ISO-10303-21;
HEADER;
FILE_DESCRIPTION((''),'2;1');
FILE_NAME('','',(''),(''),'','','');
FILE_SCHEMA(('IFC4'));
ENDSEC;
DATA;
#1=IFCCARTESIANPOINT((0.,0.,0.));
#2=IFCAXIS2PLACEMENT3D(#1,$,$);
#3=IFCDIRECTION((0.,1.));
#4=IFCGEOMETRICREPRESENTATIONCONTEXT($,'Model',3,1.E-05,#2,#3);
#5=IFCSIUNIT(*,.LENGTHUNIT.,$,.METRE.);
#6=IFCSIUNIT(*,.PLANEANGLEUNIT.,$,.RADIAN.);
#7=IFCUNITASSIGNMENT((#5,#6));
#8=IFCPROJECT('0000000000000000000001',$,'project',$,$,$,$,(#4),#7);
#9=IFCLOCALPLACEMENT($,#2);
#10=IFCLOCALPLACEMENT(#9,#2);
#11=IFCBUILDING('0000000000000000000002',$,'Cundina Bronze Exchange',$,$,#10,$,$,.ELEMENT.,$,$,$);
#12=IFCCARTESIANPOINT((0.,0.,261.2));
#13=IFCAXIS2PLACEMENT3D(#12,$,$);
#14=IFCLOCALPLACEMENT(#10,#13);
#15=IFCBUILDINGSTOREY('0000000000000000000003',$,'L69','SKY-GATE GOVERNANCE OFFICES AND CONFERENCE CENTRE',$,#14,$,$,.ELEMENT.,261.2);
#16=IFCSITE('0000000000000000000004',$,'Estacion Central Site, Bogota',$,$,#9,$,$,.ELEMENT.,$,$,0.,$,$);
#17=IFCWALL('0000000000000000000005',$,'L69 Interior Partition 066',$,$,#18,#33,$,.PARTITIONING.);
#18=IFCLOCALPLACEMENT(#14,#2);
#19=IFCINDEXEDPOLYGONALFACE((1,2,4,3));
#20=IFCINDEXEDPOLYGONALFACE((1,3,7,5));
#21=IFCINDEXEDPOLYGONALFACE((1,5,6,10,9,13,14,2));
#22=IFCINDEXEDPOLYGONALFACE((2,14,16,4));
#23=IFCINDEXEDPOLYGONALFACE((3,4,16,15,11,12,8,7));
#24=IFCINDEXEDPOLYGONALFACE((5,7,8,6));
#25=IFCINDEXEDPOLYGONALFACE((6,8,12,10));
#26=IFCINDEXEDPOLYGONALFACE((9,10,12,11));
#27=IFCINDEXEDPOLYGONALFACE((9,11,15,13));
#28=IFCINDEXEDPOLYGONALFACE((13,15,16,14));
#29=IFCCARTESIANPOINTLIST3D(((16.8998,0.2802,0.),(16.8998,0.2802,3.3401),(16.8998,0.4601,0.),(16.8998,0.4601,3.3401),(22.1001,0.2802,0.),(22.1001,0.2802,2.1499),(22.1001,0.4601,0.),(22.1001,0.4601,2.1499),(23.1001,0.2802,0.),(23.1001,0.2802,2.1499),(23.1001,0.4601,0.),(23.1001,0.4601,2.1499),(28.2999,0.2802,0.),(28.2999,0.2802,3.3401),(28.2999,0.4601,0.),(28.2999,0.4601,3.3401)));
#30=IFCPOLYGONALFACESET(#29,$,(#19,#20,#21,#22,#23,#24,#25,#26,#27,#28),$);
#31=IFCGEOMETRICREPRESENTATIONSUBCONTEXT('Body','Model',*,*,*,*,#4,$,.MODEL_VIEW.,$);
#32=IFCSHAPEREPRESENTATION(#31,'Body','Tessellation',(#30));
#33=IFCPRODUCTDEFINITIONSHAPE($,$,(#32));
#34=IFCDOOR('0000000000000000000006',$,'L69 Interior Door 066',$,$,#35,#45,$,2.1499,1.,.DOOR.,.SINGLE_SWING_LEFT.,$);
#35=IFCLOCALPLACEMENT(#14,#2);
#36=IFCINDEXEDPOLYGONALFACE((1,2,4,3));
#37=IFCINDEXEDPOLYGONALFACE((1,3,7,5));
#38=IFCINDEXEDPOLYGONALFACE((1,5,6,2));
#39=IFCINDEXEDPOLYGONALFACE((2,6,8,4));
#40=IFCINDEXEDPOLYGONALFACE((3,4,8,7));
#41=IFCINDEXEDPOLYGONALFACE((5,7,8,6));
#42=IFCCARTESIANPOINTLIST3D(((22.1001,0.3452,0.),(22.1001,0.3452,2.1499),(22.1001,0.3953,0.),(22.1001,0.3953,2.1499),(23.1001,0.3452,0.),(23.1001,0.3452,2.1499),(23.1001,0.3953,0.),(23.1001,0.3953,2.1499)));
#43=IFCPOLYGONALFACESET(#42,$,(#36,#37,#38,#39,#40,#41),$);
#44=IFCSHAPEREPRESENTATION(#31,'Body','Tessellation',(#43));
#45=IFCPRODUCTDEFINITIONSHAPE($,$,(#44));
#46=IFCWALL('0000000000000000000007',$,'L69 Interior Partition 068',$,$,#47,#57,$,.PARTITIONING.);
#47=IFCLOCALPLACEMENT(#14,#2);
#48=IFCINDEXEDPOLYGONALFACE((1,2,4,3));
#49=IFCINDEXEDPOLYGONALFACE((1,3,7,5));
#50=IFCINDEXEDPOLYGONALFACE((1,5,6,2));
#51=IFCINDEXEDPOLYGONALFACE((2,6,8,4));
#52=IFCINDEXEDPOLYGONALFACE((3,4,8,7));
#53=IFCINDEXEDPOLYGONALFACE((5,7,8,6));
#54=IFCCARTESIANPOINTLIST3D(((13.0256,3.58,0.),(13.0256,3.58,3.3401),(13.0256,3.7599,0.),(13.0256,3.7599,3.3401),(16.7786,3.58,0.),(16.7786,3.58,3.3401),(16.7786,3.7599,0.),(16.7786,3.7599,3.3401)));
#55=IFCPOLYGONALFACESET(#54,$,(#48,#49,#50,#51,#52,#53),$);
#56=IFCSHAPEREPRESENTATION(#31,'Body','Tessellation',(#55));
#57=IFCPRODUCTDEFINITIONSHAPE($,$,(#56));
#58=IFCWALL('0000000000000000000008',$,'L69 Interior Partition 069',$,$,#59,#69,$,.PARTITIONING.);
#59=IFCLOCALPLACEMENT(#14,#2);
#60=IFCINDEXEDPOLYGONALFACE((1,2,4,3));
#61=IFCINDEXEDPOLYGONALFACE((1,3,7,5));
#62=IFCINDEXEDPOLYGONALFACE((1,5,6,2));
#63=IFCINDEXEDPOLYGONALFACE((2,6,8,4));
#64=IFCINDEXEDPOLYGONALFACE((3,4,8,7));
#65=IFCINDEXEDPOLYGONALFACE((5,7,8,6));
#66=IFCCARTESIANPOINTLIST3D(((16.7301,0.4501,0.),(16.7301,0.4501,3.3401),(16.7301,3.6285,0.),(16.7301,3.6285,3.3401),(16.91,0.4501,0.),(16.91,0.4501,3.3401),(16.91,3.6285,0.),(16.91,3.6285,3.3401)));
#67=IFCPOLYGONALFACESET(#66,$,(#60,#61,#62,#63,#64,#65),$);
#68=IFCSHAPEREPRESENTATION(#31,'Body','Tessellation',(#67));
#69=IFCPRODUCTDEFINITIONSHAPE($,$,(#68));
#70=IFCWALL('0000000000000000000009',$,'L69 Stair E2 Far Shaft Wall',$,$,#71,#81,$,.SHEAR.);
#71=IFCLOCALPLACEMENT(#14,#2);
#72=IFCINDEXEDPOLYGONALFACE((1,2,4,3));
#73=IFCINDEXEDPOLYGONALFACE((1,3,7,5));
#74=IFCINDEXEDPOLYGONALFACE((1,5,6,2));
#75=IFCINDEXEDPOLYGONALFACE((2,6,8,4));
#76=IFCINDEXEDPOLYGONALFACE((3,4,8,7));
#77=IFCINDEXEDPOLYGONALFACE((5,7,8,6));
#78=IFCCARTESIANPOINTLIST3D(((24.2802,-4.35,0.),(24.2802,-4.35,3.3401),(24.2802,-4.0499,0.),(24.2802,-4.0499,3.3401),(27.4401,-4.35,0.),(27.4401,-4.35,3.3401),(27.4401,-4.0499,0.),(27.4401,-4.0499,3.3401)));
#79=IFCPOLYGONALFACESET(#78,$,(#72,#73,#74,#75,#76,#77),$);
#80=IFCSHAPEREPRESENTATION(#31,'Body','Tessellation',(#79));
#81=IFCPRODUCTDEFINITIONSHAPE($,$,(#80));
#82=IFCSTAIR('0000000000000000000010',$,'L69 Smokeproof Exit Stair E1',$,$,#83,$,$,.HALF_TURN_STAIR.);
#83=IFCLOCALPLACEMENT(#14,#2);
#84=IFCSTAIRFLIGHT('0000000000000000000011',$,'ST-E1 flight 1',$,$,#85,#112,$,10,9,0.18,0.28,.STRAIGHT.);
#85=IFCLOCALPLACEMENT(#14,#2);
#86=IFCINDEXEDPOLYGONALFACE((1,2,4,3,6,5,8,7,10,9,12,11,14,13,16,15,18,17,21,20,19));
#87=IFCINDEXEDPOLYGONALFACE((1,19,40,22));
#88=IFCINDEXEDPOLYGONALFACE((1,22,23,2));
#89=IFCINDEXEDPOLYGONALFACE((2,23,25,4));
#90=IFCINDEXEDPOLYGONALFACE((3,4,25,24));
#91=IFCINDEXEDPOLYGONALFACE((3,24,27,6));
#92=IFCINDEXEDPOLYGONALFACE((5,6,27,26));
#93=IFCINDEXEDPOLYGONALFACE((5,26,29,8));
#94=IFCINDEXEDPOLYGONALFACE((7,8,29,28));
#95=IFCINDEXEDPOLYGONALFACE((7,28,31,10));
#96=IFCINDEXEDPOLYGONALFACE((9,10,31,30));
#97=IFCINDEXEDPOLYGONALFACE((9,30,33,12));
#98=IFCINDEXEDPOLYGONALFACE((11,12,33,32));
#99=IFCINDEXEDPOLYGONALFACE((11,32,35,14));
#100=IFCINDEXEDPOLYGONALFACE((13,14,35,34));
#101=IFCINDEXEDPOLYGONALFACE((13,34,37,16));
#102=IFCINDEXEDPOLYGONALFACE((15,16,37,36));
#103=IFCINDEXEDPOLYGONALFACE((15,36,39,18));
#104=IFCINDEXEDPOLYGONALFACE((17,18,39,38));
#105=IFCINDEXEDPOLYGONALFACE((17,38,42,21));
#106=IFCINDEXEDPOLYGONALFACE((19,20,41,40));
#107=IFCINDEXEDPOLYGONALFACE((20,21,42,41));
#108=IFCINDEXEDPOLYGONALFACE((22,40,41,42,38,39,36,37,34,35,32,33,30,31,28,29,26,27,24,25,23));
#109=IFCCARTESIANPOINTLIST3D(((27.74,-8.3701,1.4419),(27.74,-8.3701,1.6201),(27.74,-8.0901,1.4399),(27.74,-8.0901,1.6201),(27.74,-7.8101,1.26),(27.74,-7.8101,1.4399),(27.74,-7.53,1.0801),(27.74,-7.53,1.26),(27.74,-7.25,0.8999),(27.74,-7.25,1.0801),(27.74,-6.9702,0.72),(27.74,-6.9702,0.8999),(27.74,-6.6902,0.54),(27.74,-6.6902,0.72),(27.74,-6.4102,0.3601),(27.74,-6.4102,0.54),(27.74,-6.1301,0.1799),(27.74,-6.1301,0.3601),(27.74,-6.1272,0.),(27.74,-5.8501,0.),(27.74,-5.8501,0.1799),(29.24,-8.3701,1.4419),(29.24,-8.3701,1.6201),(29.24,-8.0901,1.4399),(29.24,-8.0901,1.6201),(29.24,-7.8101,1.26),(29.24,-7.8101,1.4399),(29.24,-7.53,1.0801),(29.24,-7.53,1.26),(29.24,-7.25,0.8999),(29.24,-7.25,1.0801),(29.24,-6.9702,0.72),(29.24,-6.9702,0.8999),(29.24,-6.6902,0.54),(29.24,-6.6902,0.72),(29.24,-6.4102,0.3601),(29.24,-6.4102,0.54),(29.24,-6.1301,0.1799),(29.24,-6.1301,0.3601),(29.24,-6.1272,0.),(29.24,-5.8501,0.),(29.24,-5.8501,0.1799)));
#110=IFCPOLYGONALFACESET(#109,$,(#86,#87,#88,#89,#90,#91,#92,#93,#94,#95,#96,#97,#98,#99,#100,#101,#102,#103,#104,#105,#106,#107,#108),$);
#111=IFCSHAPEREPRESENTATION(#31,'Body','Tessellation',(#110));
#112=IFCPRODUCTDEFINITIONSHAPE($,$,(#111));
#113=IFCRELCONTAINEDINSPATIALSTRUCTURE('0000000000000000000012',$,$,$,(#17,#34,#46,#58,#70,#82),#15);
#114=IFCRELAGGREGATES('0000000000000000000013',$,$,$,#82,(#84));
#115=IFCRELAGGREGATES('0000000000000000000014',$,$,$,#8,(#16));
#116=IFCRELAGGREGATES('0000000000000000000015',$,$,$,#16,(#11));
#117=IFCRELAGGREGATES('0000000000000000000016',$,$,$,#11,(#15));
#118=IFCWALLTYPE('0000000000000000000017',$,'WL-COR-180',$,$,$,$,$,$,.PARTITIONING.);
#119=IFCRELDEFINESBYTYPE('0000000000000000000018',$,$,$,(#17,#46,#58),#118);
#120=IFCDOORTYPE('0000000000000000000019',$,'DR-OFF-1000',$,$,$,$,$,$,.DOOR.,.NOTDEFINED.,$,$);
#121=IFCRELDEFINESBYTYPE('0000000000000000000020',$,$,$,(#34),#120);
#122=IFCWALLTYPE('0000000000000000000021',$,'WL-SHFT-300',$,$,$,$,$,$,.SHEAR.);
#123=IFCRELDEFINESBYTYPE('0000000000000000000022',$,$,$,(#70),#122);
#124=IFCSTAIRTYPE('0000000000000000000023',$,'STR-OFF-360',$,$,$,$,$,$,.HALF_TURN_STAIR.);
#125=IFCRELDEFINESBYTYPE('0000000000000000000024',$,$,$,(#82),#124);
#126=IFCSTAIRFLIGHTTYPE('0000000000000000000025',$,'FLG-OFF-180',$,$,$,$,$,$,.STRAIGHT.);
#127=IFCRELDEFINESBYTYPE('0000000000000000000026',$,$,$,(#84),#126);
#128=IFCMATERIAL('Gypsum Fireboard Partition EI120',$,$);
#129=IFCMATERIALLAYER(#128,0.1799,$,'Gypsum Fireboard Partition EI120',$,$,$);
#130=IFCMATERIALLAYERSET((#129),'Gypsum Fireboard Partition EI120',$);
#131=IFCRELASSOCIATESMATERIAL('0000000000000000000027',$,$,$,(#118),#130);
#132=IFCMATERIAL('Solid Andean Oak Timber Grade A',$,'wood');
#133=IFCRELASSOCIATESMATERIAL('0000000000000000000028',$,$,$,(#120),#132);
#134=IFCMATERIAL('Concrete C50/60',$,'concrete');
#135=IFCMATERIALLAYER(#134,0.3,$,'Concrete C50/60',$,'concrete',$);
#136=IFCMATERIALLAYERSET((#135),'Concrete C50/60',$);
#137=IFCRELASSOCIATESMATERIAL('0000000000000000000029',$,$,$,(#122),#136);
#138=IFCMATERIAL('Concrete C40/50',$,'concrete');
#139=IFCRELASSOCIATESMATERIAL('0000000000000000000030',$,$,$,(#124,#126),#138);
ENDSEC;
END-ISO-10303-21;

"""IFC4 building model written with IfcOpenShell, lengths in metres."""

from ifc_helpers import new_model, si_unit, direction, frame, frame_2d, origin, place, context, subcontext, project, spatial, polyline, rectangle, outline, extrude, material, layer, layer_set, type_object, element, fill, aggregate, save


model = new_model("IFC4")

# Units and contexts
model_context = context("Model", 3, precision=1e-05, world=origin(), true_north=direction((0.0, 1.0)))
body_context = subcontext(model_context, "Body", "Model", "MODEL_VIEW")
ifc_project = project(units=[si_unit("LENGTHUNIT", "METRE"), si_unit("PLANEANGLEUNIT", "RADIAN")], contexts=[model_context])

# Site, building, storey
site_placement = place(None, origin())
site = spatial("IfcSite", under=ifc_project, at=site_placement, Name="Estacion Central Site, Bogota", CompositionType="ELEMENT", RefElevation=0.0)
building_placement = place(site_placement, origin())
building = spatial("IfcBuilding", under=site, at=building_placement, Name="Cundina Bronze Exchange", CompositionType="ELEMENT")
storey_placement = place(building_placement, frame((0.0, 0.0, 261.2)))
storey = spatial("IfcBuildingStorey", under=building, at=storey_placement, Name="L69", Description="SKY-GATE GOVERNANCE OFFICES AND CONFERENCE CENTRE", CompositionType="ELEMENT", Elevation=261.2)

# Wall, opening, door
ifc_material_1 = material(Name="Gypsum Fireboard Partition EI120")
ifc_layer_1 = layer(ifc_material_1, 0.1799, Name="Gypsum Fireboard Partition EI120")
ifc_layer_set_1 = layer_set([ifc_layer_1], Name="Gypsum Fireboard Partition EI120")
wall_type_1 = type_object("IfcWallType", Name="WL-COR-180", PredefinedType="PARTITIONING", material=ifc_layer_set_1)
ifc_material_2 = material(Name="Solid Andean Oak Timber Grade A", Category="wood")
wall_1_placement = place(storey_placement, frame((28.3, 0.3701, 0.0), z_axis=(0.0, 0.0, 1.0), x_axis=(-1.0, 0.0, 0.0)))
wall_1 = element("IfcWall", 1, at=wall_1_placement, inside=storey, type_object=wall_type_1, Name="L69 Interior Partition 066", PredefinedType="PARTITIONING", context=body_context, shape_type="SweptSolid", body=[
    extrude(rectangle(XDim=11.4001, YDim=0.1799, at=frame_2d((5.7002, 0.0))), origin(), (0.0, 0.0, 1.0), 3.3401),
])
opening_1_placement = place(wall_1_placement, frame((5.2, 0.0, 0.0)))
opening_1 = element("IfcOpeningElement", 2, at=opening_1_placement, cuts=wall_1, PredefinedType="OPENING", context=body_context, shape_type="SweptSolid", body=[
    extrude(rectangle(XDim=1.0, YDim=2.1499, at=frame_2d((0.5, 1.075))), frame((0.0, 0.0999, 0.0), z_axis=(0.0, -1.0, 0.0), x_axis=(1.0, 0.0, 0.0)), (0.0, 0.0, 1.0), 0.2),
])
door_type_1 = type_object("IfcDoorType", Name="DR-OFF-1000", OperationType="NOTDEFINED", PredefinedType="DOOR", material=ifc_material_2)
door_1_placement = place(opening_1_placement, origin())
door_1 = element("IfcDoor", 3, at=door_1_placement, inside=storey, type_object=door_type_1, Name="L69 Interior Door 066", OperationType="SINGLE_SWING_LEFT", OverallHeight=2.1499, OverallWidth=1.0, PredefinedType="DOOR", context=body_context, shape_type="SweptSolid", body=[
    extrude(rectangle(XDim=1.0, YDim=2.1499, at=frame_2d((0.5, 1.075))), frame((0.0, 0.0249, 0.0), z_axis=(0.0, -1.0, 0.0), x_axis=(1.0, 0.0, 0.0)), (0.0, 0.0, 1.0), 0.05),
])
fill(opening_1, door_1)

# Walls
wall_2_placement = place(storey_placement, frame((16.7786, 3.6699, 0.0), z_axis=(0.0, 0.0, 1.0), x_axis=(-1.0, 0.0, 0.0)))
element("IfcWall", 4, at=wall_2_placement, inside=storey, type_object=wall_type_1, Name="L69 Interior Partition 068", PredefinedType="PARTITIONING", context=body_context, shape_type="SweptSolid", body=[
    extrude(rectangle(XDim=3.7529, YDim=0.1799, at=frame_2d((1.8765, 0.0))), origin(), (0.0, 0.0, 1.0), 3.3401),
])
wall_3_placement = place(storey_placement, frame((16.8201, 0.45, 0.0), z_axis=(0.0, 0.0, 1.0), x_axis=(0.0, 1.0, 0.0)))
element("IfcWall", 5, at=wall_3_placement, inside=storey, type_object=wall_type_1, Name="L69 Interior Partition 069", PredefinedType="PARTITIONING", context=body_context, shape_type="SweptSolid", body=[
    extrude(rectangle(XDim=3.1785, YDim=0.1799, at=frame_2d((1.5894, 0.0))), origin(), (0.0, 0.0, 1.0), 3.3401),
])

# Shared definitions
ifc_material_3 = material(Name="Concrete C50/60", Category="concrete")
ifc_layer_2 = layer(ifc_material_3, 0.3, Name="Concrete C50/60", Category="concrete")
ifc_layer_set_2 = layer_set([ifc_layer_2], Name="Concrete C50/60")
wall_type_2 = type_object("IfcWallType", Name="WL-SHFT-300", PredefinedType="SHEAR", material=ifc_layer_set_2)

# Wall
wall_4_placement = place(storey_placement, frame((24.28, -4.2, 0.0), z_axis=(0.0, 0.0, 1.0), x_axis=(1.0, 0.0, 0.0)))
element("IfcWall", 6, at=wall_4_placement, inside=storey, type_object=wall_type_2, Name="L69 Stair E2 Far Shaft Wall", PredefinedType="SHEAR", context=body_context, shape_type="SweptSolid", body=[
    extrude(rectangle(XDim=3.1599, YDim=0.3, at=frame_2d((1.5801, 0.0))), origin(), (0.0, 0.0, 1.0), 3.3401),
])

# Stair, stair flight
ifc_material_4 = material(Name="Concrete C40/50", Category="concrete")
stair_type = type_object("IfcStairType", Name="STR-OFF-360", PredefinedType="HALF_TURN_STAIR", material=ifc_material_4)
stair_placement = place(storey_placement, origin())
stair = element("IfcStair", 7, at=stair_placement, inside=storey, type_object=stair_type, Name="L69 Smokeproof Exit Stair E1", PredefinedType="HALF_TURN_STAIR")
stair_flight_type = type_object("IfcStairFlightType", Name="FLG-OFF-180", PredefinedType="STRAIGHT", material=ifc_material_4)
stair_flight_placement = place(storey_placement, frame((28.49, -5.8501, 0.0), z_axis=(0.0, 0.0, 1.0), x_axis=(0.0, -1.0, 0.0)))
stair_flight = element("IfcStairFlight", 8, at=stair_flight_placement, type_object=stair_flight_type, Name="ST-E1 flight 1", NumberOfRisers=10, NumberOfTreads=9, PredefinedType="STRAIGHT", RiserHeight=0.18, TreadLength=0.28, context=body_context, shape_type="SweptSolid", body=[
    extrude(outline(polyline([(0.0, 0.0), (0.0, 0.1799), (0.28, 0.1799), (0.28, 0.3601), (0.5601, 0.3601), (0.5601, 0.54), (0.8401, 0.54), (0.8401, 0.72), (1.1201, 0.72), (1.1201, 0.8999), (1.3999, 0.8999), (1.3999, 1.0801), (1.6799, 1.0801), (1.6799, 1.26), (1.96, 1.26), (1.96, 1.4399), (2.24, 1.4399), (2.24, 1.6201), (2.52, 1.6201), (2.52, 1.8), (2.52, 1.4419), (0.2771, 0.0), (0.0, 0.0)])), frame((0.0, 0.75, 0.0), z_axis=(0.0, -1.0, 0.0), x_axis=(1.0, 0.0, 0.0)), (0.0, 0.0, 1.0), 1.5),
])
aggregate(stair, [stair_flight])

save(model, "model.ifc")
